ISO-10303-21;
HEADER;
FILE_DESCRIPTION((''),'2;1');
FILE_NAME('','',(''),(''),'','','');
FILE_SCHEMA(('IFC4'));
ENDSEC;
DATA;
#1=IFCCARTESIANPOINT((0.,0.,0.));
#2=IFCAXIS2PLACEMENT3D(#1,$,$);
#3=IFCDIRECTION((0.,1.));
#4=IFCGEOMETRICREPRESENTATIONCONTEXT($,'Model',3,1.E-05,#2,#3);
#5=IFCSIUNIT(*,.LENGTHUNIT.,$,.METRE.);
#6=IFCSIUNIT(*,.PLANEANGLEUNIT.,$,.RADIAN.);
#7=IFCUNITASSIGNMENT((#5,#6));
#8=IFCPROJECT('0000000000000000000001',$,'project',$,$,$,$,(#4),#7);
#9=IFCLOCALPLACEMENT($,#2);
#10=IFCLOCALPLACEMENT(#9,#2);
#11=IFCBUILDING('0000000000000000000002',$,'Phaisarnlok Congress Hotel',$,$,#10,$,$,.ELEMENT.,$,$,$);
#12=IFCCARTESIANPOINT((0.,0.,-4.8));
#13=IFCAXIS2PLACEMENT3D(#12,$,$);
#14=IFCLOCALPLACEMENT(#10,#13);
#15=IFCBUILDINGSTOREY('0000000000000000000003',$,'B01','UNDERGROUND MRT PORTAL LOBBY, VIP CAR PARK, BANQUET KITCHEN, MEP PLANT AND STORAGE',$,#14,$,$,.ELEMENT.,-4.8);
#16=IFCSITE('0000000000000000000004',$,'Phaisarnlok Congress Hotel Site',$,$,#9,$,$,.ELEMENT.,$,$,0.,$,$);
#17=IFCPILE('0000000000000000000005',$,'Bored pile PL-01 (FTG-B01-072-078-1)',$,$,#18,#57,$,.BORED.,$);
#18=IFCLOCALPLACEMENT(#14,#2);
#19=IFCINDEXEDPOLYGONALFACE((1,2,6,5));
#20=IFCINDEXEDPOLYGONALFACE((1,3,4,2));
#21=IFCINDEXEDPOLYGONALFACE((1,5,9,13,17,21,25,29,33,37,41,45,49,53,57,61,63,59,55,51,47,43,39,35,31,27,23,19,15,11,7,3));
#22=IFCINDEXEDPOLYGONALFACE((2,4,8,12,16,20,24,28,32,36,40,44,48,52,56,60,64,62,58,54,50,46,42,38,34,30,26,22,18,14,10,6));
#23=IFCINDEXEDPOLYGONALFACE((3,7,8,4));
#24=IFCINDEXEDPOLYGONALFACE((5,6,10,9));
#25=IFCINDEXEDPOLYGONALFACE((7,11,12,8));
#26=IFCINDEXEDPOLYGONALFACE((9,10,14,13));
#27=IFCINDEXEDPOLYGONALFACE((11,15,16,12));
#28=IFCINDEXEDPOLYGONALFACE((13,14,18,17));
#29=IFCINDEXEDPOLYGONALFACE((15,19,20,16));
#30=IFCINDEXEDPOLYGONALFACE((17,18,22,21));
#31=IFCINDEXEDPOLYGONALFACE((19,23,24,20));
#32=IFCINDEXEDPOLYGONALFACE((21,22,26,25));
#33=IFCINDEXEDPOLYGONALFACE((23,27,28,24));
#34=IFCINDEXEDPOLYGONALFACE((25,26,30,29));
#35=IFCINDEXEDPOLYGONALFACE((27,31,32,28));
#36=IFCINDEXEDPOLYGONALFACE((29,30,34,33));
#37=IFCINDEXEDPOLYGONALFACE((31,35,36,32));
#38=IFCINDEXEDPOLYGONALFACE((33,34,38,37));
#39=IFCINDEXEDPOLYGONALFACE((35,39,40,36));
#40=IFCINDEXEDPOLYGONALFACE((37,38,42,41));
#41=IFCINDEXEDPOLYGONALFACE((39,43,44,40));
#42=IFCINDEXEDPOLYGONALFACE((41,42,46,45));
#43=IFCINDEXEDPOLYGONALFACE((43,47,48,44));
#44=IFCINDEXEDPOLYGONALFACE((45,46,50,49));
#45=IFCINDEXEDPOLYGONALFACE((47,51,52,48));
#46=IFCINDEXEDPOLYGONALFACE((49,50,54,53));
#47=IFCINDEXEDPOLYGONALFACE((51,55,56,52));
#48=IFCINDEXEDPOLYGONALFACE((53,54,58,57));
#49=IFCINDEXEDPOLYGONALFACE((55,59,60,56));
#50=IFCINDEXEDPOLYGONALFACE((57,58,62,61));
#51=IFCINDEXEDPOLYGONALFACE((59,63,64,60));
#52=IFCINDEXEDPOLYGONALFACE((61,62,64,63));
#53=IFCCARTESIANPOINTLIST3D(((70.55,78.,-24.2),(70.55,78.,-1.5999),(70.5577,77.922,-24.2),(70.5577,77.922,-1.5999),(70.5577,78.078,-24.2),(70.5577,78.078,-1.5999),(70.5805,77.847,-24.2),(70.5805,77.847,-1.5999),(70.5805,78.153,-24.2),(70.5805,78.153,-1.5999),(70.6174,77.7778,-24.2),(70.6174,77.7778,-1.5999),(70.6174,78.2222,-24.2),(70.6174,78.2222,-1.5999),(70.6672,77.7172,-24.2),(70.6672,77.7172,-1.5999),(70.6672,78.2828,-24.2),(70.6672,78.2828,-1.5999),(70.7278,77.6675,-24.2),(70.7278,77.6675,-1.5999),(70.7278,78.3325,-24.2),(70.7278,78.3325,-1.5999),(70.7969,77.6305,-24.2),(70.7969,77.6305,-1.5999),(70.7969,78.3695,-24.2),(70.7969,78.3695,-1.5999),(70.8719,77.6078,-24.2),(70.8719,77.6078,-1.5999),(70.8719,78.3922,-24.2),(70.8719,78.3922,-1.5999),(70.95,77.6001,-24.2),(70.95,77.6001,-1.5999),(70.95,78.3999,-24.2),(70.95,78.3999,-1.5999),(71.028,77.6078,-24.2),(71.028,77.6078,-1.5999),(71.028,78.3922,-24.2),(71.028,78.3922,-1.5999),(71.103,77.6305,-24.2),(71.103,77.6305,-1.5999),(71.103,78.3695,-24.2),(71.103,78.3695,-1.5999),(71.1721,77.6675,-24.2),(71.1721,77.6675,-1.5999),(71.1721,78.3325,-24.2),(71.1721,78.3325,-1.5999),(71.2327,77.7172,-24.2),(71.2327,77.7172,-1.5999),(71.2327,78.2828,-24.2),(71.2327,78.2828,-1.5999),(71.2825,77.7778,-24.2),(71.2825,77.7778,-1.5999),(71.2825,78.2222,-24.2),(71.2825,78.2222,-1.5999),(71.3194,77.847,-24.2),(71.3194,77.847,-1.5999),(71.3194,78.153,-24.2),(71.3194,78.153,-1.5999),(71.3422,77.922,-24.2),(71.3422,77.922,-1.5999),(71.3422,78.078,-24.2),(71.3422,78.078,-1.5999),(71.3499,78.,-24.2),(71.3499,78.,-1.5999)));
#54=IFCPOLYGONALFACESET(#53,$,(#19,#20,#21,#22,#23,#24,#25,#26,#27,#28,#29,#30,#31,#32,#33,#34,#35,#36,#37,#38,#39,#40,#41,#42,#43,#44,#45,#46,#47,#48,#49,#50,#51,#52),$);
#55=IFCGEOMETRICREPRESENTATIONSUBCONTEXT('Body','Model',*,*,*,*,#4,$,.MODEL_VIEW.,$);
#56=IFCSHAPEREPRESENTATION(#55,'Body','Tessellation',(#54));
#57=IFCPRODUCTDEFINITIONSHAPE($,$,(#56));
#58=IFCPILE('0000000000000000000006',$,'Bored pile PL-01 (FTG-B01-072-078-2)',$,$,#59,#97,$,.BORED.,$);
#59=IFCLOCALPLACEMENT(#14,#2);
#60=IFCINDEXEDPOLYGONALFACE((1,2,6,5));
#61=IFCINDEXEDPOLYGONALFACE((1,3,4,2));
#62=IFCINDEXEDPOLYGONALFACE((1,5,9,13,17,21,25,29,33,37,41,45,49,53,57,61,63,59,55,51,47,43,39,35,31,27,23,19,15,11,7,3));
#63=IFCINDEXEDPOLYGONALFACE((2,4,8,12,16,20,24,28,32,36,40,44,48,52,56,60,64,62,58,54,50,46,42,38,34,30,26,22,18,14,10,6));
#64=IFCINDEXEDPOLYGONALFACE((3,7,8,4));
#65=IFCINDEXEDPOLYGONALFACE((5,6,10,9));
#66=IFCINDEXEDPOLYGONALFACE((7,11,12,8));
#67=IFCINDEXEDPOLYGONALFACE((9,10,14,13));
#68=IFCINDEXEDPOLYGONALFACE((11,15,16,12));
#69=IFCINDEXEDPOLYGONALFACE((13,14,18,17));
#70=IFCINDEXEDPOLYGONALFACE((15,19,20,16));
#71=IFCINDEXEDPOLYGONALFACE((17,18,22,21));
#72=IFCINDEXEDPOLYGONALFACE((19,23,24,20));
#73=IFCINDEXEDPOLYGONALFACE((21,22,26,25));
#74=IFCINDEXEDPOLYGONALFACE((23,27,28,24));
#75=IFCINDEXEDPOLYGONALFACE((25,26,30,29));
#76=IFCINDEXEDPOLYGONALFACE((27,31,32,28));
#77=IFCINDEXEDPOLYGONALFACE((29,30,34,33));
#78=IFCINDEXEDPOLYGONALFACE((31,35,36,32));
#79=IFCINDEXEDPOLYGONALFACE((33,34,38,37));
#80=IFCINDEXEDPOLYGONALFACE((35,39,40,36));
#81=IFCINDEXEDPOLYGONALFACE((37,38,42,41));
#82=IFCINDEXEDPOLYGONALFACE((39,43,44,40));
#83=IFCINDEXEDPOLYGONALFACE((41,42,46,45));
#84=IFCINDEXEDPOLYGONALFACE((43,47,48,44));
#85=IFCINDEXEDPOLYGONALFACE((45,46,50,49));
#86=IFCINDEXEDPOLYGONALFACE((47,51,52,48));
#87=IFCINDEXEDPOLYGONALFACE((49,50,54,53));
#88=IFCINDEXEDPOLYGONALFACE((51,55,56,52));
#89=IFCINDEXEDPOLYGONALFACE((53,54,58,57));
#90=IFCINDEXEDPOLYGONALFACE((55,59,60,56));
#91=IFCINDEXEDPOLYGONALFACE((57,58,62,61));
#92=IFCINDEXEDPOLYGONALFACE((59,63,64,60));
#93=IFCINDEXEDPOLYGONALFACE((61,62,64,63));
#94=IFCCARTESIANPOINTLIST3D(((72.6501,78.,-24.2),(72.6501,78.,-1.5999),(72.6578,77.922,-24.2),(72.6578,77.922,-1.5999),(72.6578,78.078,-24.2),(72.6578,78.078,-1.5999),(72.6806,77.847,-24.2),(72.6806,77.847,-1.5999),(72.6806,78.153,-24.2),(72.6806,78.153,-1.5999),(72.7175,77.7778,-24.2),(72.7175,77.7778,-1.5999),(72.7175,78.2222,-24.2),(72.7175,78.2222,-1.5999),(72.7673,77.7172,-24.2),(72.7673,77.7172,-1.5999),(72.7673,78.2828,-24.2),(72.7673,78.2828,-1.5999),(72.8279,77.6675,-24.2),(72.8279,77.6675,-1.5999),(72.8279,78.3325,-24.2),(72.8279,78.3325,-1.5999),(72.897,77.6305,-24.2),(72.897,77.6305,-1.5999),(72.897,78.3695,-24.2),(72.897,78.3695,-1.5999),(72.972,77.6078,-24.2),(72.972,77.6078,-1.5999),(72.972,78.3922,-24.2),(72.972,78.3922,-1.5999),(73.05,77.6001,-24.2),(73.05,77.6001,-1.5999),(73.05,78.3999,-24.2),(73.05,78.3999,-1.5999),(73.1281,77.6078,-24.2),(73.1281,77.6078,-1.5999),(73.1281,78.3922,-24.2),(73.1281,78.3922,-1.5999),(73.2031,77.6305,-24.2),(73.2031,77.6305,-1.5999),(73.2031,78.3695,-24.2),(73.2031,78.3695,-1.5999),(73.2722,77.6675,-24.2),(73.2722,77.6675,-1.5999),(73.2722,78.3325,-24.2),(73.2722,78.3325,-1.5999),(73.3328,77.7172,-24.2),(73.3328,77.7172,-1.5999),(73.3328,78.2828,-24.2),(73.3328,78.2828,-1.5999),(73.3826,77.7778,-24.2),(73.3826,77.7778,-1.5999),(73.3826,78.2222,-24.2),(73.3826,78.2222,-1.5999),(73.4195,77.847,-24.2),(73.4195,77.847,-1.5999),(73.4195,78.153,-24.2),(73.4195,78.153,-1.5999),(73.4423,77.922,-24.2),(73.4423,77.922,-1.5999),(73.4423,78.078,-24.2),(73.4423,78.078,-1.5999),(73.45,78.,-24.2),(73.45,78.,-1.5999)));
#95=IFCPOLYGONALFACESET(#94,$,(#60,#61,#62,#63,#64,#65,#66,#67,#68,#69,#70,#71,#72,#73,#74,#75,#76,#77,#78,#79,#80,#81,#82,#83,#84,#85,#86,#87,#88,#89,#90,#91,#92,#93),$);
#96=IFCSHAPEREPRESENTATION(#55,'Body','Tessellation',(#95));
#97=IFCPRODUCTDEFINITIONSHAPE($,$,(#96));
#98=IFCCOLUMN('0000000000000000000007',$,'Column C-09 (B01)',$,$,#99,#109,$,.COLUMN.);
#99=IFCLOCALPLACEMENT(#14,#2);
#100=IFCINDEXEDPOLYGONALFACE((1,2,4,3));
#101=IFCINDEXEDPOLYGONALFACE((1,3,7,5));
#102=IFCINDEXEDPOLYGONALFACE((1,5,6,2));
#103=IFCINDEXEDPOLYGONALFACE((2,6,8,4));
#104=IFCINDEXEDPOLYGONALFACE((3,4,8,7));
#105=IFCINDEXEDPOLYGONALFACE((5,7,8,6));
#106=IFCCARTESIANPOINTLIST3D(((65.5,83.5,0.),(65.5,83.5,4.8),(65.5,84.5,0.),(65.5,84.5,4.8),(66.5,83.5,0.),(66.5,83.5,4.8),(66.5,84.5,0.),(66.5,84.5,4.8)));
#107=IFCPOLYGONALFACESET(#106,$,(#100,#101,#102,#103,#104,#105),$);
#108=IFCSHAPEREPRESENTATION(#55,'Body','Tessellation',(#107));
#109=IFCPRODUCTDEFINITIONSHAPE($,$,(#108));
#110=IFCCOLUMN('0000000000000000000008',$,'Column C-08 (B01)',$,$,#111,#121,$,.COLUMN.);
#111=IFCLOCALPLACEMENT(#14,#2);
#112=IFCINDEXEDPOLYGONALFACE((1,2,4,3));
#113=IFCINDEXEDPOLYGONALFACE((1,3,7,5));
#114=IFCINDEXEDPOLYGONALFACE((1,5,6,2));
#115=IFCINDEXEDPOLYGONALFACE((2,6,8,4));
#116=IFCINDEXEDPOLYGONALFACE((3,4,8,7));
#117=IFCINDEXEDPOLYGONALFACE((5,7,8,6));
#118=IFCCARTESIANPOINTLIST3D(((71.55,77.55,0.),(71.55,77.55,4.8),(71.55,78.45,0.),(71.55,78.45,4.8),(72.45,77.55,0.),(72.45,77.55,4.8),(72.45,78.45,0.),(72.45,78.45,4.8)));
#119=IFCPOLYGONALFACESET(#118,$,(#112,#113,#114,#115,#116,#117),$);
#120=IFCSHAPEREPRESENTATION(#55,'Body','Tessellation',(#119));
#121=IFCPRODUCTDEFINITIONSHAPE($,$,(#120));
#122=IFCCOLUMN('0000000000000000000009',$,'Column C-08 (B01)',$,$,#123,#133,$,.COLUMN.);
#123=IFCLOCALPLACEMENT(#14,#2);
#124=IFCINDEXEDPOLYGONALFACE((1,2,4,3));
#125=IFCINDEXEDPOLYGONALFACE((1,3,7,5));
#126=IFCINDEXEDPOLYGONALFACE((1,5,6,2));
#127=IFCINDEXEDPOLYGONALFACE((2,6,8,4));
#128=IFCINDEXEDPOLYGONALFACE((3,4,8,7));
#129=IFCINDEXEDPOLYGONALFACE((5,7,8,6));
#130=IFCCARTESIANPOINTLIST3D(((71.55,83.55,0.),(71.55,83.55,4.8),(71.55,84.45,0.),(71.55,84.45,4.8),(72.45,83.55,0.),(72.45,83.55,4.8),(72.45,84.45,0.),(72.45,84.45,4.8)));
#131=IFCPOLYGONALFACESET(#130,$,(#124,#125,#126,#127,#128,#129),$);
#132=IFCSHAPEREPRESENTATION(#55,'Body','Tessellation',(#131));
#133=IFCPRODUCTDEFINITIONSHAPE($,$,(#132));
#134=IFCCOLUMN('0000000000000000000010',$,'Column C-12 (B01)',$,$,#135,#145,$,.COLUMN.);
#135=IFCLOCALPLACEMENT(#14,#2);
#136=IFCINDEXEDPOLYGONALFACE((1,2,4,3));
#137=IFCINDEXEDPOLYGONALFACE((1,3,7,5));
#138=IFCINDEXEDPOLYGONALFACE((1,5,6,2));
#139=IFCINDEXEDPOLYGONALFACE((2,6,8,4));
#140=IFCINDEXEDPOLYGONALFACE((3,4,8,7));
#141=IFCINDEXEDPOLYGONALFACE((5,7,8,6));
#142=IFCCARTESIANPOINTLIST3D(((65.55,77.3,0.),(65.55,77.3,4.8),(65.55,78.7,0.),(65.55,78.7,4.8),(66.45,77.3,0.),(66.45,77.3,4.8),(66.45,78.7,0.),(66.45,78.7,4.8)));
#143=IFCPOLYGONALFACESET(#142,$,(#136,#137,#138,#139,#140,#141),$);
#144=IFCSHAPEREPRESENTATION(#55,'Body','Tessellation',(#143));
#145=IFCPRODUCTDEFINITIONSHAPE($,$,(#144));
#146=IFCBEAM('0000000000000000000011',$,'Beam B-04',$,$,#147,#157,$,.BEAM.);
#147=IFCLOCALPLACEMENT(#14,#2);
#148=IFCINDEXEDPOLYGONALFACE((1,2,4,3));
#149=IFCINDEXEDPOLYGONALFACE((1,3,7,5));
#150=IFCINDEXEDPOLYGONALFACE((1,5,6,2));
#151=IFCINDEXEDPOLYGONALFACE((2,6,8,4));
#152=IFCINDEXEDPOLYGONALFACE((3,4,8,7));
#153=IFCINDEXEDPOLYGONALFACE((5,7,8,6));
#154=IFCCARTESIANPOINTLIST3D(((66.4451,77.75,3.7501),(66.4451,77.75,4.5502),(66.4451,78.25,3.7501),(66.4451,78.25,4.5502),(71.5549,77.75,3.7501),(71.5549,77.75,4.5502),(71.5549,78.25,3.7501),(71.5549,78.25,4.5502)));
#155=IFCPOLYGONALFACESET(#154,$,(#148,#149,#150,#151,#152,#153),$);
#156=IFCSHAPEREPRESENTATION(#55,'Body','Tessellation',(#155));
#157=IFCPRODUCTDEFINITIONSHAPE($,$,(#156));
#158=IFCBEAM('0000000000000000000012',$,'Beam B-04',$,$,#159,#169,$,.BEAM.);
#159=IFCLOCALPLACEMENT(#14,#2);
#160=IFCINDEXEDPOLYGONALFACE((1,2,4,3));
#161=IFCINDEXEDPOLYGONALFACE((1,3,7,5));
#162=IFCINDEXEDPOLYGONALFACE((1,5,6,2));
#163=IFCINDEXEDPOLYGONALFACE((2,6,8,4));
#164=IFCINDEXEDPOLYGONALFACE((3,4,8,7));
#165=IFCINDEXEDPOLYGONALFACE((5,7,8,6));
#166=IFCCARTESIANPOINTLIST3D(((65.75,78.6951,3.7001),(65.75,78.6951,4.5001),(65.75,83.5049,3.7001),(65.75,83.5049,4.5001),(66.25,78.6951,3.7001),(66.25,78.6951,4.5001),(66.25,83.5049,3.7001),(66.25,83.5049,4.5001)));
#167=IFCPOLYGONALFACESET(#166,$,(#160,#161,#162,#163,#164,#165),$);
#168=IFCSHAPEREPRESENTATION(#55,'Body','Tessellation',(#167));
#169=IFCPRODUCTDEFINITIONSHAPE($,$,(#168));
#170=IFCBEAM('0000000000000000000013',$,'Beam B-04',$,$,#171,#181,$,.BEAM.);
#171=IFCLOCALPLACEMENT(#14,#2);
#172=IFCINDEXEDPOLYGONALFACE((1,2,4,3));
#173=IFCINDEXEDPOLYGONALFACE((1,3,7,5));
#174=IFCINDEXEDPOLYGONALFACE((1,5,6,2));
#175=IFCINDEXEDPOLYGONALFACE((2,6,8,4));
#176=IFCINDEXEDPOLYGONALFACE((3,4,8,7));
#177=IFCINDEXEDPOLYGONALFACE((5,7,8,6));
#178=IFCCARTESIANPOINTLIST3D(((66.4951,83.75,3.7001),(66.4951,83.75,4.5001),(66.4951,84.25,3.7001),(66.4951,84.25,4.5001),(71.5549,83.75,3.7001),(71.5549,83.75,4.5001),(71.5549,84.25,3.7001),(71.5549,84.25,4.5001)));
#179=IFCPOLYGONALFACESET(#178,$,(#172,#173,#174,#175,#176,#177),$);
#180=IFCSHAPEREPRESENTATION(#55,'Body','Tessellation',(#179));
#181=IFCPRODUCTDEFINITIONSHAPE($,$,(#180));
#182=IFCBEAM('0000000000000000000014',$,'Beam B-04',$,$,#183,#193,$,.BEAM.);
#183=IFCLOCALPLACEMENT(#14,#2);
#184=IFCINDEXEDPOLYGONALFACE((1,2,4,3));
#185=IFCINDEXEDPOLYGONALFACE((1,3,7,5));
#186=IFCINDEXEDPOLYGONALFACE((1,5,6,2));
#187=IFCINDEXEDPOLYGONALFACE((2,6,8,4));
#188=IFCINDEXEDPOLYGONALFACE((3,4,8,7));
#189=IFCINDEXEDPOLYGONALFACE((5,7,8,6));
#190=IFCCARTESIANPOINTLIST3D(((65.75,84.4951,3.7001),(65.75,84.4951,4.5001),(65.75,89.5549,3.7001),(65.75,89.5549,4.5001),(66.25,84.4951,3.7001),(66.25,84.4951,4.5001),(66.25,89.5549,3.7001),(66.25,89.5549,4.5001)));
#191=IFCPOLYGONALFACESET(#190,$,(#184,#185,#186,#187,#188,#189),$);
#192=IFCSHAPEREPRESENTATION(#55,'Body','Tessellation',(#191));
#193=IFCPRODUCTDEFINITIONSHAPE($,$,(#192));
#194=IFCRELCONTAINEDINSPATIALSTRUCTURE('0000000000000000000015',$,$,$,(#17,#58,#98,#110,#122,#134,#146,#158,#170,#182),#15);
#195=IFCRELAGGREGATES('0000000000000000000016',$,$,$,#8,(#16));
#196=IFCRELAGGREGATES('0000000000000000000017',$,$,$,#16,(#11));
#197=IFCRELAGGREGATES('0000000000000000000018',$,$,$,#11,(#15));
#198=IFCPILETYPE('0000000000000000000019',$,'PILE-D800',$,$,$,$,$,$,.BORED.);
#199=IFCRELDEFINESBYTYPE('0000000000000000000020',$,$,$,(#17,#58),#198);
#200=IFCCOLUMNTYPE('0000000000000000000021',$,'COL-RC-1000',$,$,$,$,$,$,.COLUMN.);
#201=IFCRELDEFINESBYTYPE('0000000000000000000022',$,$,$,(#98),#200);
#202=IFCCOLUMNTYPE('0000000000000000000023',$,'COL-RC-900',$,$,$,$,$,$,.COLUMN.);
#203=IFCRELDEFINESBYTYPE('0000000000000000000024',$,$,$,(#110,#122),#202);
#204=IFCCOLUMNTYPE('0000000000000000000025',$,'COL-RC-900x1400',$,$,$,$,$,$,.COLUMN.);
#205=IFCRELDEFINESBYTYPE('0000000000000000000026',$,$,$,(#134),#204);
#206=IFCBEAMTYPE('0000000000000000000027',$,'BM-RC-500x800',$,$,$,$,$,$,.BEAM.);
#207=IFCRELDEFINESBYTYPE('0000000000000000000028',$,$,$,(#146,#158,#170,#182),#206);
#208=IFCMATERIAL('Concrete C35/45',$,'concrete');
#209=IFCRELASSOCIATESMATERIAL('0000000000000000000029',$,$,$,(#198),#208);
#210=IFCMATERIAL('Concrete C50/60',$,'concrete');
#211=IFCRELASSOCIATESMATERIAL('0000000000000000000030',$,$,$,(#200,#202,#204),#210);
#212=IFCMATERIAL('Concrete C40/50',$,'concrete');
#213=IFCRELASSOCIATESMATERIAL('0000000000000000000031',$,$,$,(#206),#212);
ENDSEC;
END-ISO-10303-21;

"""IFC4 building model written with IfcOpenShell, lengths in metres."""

from ifc_helpers import new_model, si_unit, direction, frame, origin, origin_2d, place, context, subcontext, project, spatial, rectangle, circle, extrude, material, material_profile, profile_set, type_object, element, save


model = new_model("IFC4")

# Units and contexts
model_context = context("Model", 3, precision=1e-05, world=origin(), true_north=direction((0.0, 1.0)))
body_context = subcontext(model_context, "Body", "Model", "MODEL_VIEW")
ifc_project = project(units=[si_unit("LENGTHUNIT", "METRE"), si_unit("PLANEANGLEUNIT", "RADIAN")], contexts=[model_context])

# Site, building, storey
site_placement = place(None, origin())
site = spatial("IfcSite", under=ifc_project, at=site_placement, Name="Phaisarnlok Congress Hotel Site", CompositionType="ELEMENT", RefElevation=0.0)
building_placement = place(site_placement, origin())
building = spatial("IfcBuilding", under=site, at=building_placement, Name="Phaisarnlok Congress Hotel", CompositionType="ELEMENT")
storey_placement = place(building_placement, frame((0.0, 0.0, -4.8)))
storey = spatial("IfcBuildingStorey", under=building, at=storey_placement, Name="B01", Description="UNDERGROUND MRT PORTAL LOBBY, VIP CAR PARK, BANQUET KITCHEN, MEP PLANT AND STORAGE", CompositionType="ELEMENT", Elevation=-4.8)

# Shared definitions
ifc_material_1 = material(Name="Concrete C40/50", Category="concrete")

# Piles
ifc_material_2 = material(Name="Concrete C35/45", Category="concrete")
ifc_material_profile_1 = material_profile(ifc_material_2, circle(Radius=0.3999, at=origin_2d()), Name="BORED PILE D800")
ifc_profile_set_1 = profile_set([ifc_material_profile_1], Name="Concrete C35/45")
pile_type_1 = type_object("IfcPileType", Name="PILE-D800", PredefinedType="BORED", material=ifc_profile_set_1)
for number, where, z_axis, x_axis, name in (
    (1, (70.95, 78.0, -1.5999), (0.0, 0.0, -1.0), (1.0, 0.0, 0.0), "Bored pile PL-01 (FTG-B01-072-078-1)"),
    (2, (73.05, 78.0, -1.5999), (0.0, 0.0, -1.0), (1.0, 0.0, 0.0), "Bored pile PL-01 (FTG-B01-072-078-2)"),
):
    element("IfcPile", number, at=place(storey_placement, frame(where, z_axis=z_axis, x_axis=x_axis)), inside=storey, type_object=pile_type_1, Name=name, PredefinedType="BORED", context=body_context, shape_type="SweptSolid", body=[
        extrude(circle(Radius=0.3999, at=origin_2d()), origin(), (0.0, 0.0, 1.0), 22.6001),
    ])

# Columns
ifc_material_3 = material(Name="Concrete C50/60", Category="concrete")
ifc_material_profile_2 = material_profile(ifc_material_3, rectangle(XDim=1.0, YDim=1.0, at=origin_2d()), Name="RC 1000x1000")
ifc_profile_set_2 = profile_set([ifc_material_profile_2], Name="Concrete C50/60")
column_type_1 = type_object("IfcColumnType", Name="COL-RC-1000", PredefinedType="COLUMN", material=ifc_profile_set_2)
column_1_placement = place(storey_placement, frame((66.0, 84.0, 0.0), z_axis=(0.0, 0.0, 1.0), x_axis=(1.0, 0.0, 0.0)))
element("IfcColumn", 3, at=column_1_placement, inside=storey, type_object=column_type_1, Name="Column C-09 (B01)", PredefinedType="COLUMN", context=body_context, shape_type="SweptSolid", body=[
    extrude(rectangle(XDim=1.0, YDim=1.0, at=origin_2d()), origin(), (0.0, 0.0, 1.0), 4.8),
])
ifc_material_profile_3 = material_profile(ifc_material_3, rectangle(XDim=0.8999, YDim=0.8999, at=origin_2d()), Name="RC 900x900")
ifc_profile_set_3 = profile_set([ifc_material_profile_3], Name="Concrete C50/60")
column_type_2 = type_object("IfcColumnType", Name="COL-RC-900", PredefinedType="COLUMN", material=ifc_profile_set_3)
for number, where, z_axis, x_axis, name in (
    (4, (72.0, 78.0, 0.0), (0.0, 0.0, 1.0), (1.0, 0.0, 0.0), "Column C-08 (B01)"),
    (5, (72.0, 84.0, 0.0), (0.0, 0.0, 1.0), (1.0, 0.0, 0.0), "Column C-08 (B01)"),
):
    element("IfcColumn", number, at=place(storey_placement, frame(where, z_axis=z_axis, x_axis=x_axis)), inside=storey, type_object=column_type_2, Name=name, PredefinedType="COLUMN", context=body_context, shape_type="SweptSolid", body=[
        extrude(rectangle(XDim=0.8999, YDim=0.8999, at=origin_2d()), origin(), (0.0, 0.0, 1.0), 4.8),
    ])
ifc_material_profile_4 = material_profile(ifc_material_3, rectangle(XDim=0.8999, YDim=1.3999, at=origin_2d()), Name="RC 900x1400")
ifc_profile_set_4 = profile_set([ifc_material_profile_4], Name="Concrete C50/60")
column_type_3 = type_object("IfcColumnType", Name="COL-RC-900x1400", PredefinedType="COLUMN", material=ifc_profile_set_4)
column_2_placement = place(storey_placement, frame((66.0, 78.0, 0.0), z_axis=(0.0, 0.0, 1.0), x_axis=(1.0, 0.0, 0.0)))
element("IfcColumn", 6, at=column_2_placement, inside=storey, type_object=column_type_3, Name="Column C-12 (B01)", PredefinedType="COLUMN", context=body_context, shape_type="SweptSolid", body=[
    extrude(rectangle(XDim=0.8999, YDim=1.3999, at=origin_2d()), origin(), (0.0, 0.0, 1.0), 4.8),
])

# Beams
ifc_material_profile_5 = material_profile(ifc_material_1, rectangle(XDim=0.5, YDim=0.8, at=origin_2d()), Name="RC 500x800")
ifc_profile_set_5 = profile_set([ifc_material_profile_5], Name="Concrete C40/50")
beam_type_1 = type_object("IfcBeamType", Name="BM-RC-500x800", PredefinedType="BEAM", material=ifc_profile_set_5)
beam_1_placement = place(storey_placement, frame((66.4451, 78.0, 4.1501), z_axis=(1.0, 0.0, 0.0), x_axis=(0.0, 1.0, 0.0)))
element("IfcBeam", 7, at=beam_1_placement, inside=storey, type_object=beam_type_1, Name="Beam B-04", PredefinedType="BEAM", context=body_context, shape_type="SweptSolid", body=[
    extrude(rectangle(XDim=0.5, YDim=0.8, at=origin_2d()), origin(), (0.0, 0.0, 1.0), 5.1099),
])
beam_2_placement = place(storey_placement, frame((66.0, 78.6951, 4.1001), z_axis=(0.0, 1.0, 0.0), x_axis=(-1.0, 0.0, 0.0)))
element("IfcBeam", 8, at=beam_2_placement, inside=storey, type_object=beam_type_1, Name="Beam B-04", PredefinedType="BEAM", context=body_context, shape_type="SweptSolid", body=[
    extrude(rectangle(XDim=0.5, YDim=0.8, at=origin_2d()), origin(), (0.0, 0.0, 1.0), 4.8098),
])
for number, where, z_axis, x_axis, name in (
    (9, (66.4951, 84.0, 4.1001), (1.0, 0.0, 0.0), (0.0, 1.0, 0.0), "Beam B-04"),
    (10, (66.0, 84.4951, 4.1001), (0.0, 1.0, 0.0), (-1.0, 0.0, 0.0), "Beam B-04"),
):
    element("IfcBeam", number, at=place(storey_placement, frame(where, z_axis=z_axis, x_axis=x_axis)), inside=storey, type_object=beam_type_1, Name=name, PredefinedType="BEAM", context=body_context, shape_type="SweptSolid", body=[
        extrude(rectangle(XDim=0.5, YDim=0.8, at=origin_2d()), origin(), (0.0, 0.0, 1.0), 5.0598),
    ])

save(model, "model.ifc")
